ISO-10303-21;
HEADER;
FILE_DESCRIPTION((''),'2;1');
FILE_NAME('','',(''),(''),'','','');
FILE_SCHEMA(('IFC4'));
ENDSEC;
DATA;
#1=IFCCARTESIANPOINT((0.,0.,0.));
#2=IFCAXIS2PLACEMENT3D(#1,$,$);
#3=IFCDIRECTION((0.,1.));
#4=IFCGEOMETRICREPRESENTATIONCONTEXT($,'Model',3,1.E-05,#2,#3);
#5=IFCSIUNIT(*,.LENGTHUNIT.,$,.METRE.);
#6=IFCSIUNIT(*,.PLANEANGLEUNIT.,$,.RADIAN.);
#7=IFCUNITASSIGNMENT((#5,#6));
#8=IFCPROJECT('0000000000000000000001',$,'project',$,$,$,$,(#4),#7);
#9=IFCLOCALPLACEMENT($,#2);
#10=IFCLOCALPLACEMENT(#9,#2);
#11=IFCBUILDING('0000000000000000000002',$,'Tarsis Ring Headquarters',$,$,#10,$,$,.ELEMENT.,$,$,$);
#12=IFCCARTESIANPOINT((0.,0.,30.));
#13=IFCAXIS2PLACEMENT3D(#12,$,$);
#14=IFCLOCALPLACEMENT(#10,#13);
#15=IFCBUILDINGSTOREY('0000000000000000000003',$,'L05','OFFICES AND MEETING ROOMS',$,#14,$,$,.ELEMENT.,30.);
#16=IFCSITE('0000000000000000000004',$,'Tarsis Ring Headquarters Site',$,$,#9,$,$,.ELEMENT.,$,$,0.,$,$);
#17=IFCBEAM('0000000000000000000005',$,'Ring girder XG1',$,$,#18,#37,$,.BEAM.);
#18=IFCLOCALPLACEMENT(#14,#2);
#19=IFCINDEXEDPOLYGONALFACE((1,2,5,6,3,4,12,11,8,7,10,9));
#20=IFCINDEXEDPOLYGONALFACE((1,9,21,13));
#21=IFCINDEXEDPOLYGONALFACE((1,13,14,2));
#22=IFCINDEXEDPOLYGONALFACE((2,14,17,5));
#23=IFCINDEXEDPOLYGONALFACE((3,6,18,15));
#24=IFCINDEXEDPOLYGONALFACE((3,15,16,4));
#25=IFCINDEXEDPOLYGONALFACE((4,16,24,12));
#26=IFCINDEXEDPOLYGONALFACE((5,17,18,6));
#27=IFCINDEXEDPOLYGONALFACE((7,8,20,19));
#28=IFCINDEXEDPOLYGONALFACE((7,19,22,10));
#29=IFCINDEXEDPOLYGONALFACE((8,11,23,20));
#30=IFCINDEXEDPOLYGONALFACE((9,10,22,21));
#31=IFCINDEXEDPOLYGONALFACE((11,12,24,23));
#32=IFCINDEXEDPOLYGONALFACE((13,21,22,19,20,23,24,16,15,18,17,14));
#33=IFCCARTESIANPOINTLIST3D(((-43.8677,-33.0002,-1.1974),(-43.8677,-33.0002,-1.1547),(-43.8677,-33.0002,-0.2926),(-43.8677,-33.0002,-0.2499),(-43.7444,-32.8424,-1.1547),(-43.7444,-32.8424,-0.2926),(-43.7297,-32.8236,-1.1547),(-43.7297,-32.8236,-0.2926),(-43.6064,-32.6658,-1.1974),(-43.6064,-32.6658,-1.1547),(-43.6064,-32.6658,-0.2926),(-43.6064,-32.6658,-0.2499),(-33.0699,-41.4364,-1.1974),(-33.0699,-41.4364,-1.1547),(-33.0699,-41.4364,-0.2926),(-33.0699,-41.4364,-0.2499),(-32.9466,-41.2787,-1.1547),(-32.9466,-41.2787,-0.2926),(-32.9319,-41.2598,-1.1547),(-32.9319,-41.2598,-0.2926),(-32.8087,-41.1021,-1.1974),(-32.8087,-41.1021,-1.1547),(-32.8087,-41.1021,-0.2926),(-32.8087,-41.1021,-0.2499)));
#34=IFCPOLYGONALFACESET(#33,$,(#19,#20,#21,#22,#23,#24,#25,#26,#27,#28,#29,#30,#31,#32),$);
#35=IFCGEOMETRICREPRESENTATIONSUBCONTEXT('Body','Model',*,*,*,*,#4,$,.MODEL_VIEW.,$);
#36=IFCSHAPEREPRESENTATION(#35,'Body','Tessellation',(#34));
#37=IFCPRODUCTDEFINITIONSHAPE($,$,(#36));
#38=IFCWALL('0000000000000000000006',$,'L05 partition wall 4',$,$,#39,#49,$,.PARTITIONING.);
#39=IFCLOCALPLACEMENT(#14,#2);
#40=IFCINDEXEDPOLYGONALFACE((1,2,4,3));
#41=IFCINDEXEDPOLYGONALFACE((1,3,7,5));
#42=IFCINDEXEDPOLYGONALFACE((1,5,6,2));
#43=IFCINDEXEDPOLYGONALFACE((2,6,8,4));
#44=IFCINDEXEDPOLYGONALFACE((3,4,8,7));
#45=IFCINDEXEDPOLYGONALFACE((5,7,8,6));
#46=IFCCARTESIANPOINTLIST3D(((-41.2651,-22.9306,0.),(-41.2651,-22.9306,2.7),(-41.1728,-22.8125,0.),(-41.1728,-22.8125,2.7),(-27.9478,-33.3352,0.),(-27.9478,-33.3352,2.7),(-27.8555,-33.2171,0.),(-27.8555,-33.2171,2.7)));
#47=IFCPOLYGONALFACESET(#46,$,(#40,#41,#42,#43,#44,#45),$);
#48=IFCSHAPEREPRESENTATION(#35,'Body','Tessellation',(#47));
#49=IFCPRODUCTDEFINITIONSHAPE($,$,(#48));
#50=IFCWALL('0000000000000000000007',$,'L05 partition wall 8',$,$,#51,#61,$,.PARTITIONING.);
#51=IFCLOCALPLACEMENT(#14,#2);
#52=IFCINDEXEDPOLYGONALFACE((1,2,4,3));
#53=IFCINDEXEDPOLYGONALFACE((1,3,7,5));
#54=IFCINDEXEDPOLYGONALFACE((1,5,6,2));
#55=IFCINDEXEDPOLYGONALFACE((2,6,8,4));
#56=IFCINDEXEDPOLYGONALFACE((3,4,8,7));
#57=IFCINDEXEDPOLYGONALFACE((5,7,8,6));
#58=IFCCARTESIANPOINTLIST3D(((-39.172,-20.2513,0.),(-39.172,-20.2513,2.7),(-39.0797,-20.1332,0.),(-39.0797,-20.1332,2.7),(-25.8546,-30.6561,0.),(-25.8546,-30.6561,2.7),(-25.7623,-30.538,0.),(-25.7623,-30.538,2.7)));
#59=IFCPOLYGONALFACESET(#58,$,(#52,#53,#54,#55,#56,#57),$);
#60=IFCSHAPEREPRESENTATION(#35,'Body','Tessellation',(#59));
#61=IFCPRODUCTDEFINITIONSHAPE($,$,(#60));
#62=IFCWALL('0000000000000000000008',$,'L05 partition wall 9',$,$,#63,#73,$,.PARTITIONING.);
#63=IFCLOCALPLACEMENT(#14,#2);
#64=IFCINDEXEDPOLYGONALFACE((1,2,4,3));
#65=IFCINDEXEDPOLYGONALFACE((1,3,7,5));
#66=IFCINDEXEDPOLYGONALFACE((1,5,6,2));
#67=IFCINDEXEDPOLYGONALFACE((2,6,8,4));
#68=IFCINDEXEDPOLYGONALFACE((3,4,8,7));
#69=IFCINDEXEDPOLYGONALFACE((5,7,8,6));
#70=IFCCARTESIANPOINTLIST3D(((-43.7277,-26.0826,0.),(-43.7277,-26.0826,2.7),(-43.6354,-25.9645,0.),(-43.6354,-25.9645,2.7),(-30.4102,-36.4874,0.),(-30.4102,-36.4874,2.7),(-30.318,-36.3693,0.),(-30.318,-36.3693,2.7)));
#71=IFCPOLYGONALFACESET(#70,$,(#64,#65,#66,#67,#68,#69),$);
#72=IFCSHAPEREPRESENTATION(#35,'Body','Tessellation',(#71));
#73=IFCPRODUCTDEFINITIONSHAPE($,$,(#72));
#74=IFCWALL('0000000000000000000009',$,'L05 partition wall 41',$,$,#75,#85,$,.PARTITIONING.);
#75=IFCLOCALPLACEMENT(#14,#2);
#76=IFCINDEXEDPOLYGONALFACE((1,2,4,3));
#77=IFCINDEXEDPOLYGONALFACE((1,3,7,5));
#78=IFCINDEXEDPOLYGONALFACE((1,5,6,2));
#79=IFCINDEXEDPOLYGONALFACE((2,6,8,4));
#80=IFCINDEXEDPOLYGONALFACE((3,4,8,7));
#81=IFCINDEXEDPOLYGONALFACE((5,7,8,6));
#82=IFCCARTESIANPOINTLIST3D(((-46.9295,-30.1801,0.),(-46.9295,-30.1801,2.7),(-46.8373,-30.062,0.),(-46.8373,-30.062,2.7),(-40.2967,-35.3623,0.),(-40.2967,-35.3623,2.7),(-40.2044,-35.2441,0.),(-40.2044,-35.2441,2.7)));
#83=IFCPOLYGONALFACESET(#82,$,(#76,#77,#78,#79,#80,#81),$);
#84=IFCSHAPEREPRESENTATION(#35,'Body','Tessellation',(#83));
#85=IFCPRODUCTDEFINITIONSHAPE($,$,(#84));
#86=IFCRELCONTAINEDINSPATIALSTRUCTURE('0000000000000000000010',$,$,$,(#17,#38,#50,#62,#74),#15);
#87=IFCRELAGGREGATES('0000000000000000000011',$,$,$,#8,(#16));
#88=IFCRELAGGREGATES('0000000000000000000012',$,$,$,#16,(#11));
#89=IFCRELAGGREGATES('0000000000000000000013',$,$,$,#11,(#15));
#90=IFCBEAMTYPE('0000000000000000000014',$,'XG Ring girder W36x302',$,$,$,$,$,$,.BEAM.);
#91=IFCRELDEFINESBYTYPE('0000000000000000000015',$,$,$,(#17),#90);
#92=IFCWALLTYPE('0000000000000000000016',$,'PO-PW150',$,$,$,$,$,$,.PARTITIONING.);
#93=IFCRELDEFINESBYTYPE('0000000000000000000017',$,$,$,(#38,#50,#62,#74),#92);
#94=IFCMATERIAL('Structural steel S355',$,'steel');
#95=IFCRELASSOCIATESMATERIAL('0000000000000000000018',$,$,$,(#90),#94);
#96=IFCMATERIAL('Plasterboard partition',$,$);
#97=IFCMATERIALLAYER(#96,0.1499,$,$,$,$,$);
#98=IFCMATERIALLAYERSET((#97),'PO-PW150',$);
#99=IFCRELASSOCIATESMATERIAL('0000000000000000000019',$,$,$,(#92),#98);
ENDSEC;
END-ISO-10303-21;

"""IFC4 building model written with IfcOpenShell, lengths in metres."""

from ifc_helpers import new_model, si_unit, direction, frame, frame_2d, origin, origin_2d, place, context, subcontext, project, spatial, rectangle, i_section, extrude, material, layer, layer_set, material_profile, profile_set, type_object, element, save


model = new_model("IFC4")

# Units and contexts
model_context = context("Model", 3, precision=1e-05, world=origin(), true_north=direction((0.0, 1.0)))
body_context = subcontext(model_context, "Body", "Model", "MODEL_VIEW")
ifc_project = project(units=[si_unit("LENGTHUNIT", "METRE"), si_unit("PLANEANGLEUNIT", "RADIAN")], contexts=[model_context])

# Site, building, storey
site_placement = place(None, origin())
site = spatial("IfcSite", under=ifc_project, at=site_placement, Name="Tarsis Ring Headquarters Site", CompositionType="ELEMENT", RefElevation=0.0)
building_placement = place(site_placement, origin())
building = spatial("IfcBuilding", under=site, at=building_placement, Name="Tarsis Ring Headquarters", CompositionType="ELEMENT")
storey_placement = place(building_placement, frame((0.0, 0.0, 30.0)))
storey = spatial("IfcBuildingStorey", under=building, at=storey_placement, Name="L05", Description="OFFICES AND MEETING ROOMS", CompositionType="ELEMENT", Elevation=30.0)

# Beam
ifc_material_1 = material(Name="Structural steel S355", Category="steel")
ifc_material_profile_1 = material_profile(ifc_material_1, i_section(OverallWidth=0.4243, OverallDepth=0.9475, WebThickness=0.0239, FlangeThickness=0.0427, at=origin_2d()), Name="W36x302")
ifc_profile_set_1 = profile_set([ifc_material_profile_1], Name="Structural steel S355")
beam_type_1 = type_object("IfcBeamType", Name="XG Ring girder W36x302", PredefinedType="BEAM", material=ifc_profile_set_1)
beam_1_placement = place(storey_placement, frame((-43.7371, -32.833, -0.7236), z_axis=(0.788008, -0.615665, 0.0), x_axis=(0.615665, 0.788008, 0.0)))
element("IfcBeam", 1, at=beam_1_placement, inside=storey, type_object=beam_type_1, Name="Ring girder XG1", PredefinedType="BEAM", context=body_context, shape_type="SweptSolid", body=[
    extrude(i_section(OverallWidth=0.4243, OverallDepth=0.9475, WebThickness=0.0239, FlangeThickness=0.0427, at=origin_2d()), origin(), (0.0, 0.0, 1.0), 13.7026),
])

# Walls
ifc_material_2 = material(Name="Plasterboard partition")
ifc_layer_1 = layer(ifc_material_2, 0.1499)
ifc_layer_set_1 = layer_set([ifc_layer_1], Name="PO-PW150")
wall_type_1 = type_object("IfcWallType", Name="PO-PW150", PredefinedType="PARTITIONING", material=ifc_layer_set_1)
wall_1_placement = place(storey_placement, frame((-41.219, -22.8716, 0.0), z_axis=(0.0, 0.0, 1.0), x_axis=(0.788015, -0.615656, 0.0)))
element("IfcWall", 2, at=wall_1_placement, inside=storey, type_object=wall_type_1, Name="L05 partition wall 4", PredefinedType="PARTITIONING", context=body_context, shape_type="SweptSolid", body=[
    extrude(rectangle(XDim=16.8999, YDim=0.1499, at=frame_2d((8.45, 0.0))), origin(), (0.0, 0.0, 1.0), 2.7),
])
for number, where, z_axis, x_axis, name in (
    (3, (-39.126, -20.1921, 0.0), (0.0, 0.0, 1.0), (0.788008, -0.615665, 0.0), "L05 partition wall 8"),
    (4, (-43.6816, -26.0234, 0.0), (0.0, 0.0, 1.0), (0.788008, -0.615665, 0.0), "L05 partition wall 9"),
):
    element("IfcWall", number, at=place(storey_placement, frame(where, z_axis=z_axis, x_axis=x_axis)), inside=storey, type_object=wall_type_1, Name=name, PredefinedType="PARTITIONING", context=body_context, shape_type="SweptSolid", body=[
        extrude(rectangle(XDim=16.9001, YDim=0.1499, at=frame_2d((8.4502, 0.0))), origin(), (0.0, 0.0, 1.0), 2.7),
    ])
wall_2_placement = place(storey_placement, frame((-46.8833, -30.1211, 0.0), z_axis=(0.0, 0.0, 1.0), x_axis=(0.78801, -0.615662, 0.0)))
element("IfcWall", 5, at=wall_2_placement, inside=storey, type_object=wall_type_1, Name="L05 partition wall 41", PredefinedType="PARTITIONING", context=body_context, shape_type="SweptSolid", body=[
    extrude(rectangle(XDim=8.4172, YDim=0.1499, at=frame_2d((4.2085, 0.0))), origin(), (0.0, 0.0, 1.0), 2.7),
])

save(model, "model.ifc")
